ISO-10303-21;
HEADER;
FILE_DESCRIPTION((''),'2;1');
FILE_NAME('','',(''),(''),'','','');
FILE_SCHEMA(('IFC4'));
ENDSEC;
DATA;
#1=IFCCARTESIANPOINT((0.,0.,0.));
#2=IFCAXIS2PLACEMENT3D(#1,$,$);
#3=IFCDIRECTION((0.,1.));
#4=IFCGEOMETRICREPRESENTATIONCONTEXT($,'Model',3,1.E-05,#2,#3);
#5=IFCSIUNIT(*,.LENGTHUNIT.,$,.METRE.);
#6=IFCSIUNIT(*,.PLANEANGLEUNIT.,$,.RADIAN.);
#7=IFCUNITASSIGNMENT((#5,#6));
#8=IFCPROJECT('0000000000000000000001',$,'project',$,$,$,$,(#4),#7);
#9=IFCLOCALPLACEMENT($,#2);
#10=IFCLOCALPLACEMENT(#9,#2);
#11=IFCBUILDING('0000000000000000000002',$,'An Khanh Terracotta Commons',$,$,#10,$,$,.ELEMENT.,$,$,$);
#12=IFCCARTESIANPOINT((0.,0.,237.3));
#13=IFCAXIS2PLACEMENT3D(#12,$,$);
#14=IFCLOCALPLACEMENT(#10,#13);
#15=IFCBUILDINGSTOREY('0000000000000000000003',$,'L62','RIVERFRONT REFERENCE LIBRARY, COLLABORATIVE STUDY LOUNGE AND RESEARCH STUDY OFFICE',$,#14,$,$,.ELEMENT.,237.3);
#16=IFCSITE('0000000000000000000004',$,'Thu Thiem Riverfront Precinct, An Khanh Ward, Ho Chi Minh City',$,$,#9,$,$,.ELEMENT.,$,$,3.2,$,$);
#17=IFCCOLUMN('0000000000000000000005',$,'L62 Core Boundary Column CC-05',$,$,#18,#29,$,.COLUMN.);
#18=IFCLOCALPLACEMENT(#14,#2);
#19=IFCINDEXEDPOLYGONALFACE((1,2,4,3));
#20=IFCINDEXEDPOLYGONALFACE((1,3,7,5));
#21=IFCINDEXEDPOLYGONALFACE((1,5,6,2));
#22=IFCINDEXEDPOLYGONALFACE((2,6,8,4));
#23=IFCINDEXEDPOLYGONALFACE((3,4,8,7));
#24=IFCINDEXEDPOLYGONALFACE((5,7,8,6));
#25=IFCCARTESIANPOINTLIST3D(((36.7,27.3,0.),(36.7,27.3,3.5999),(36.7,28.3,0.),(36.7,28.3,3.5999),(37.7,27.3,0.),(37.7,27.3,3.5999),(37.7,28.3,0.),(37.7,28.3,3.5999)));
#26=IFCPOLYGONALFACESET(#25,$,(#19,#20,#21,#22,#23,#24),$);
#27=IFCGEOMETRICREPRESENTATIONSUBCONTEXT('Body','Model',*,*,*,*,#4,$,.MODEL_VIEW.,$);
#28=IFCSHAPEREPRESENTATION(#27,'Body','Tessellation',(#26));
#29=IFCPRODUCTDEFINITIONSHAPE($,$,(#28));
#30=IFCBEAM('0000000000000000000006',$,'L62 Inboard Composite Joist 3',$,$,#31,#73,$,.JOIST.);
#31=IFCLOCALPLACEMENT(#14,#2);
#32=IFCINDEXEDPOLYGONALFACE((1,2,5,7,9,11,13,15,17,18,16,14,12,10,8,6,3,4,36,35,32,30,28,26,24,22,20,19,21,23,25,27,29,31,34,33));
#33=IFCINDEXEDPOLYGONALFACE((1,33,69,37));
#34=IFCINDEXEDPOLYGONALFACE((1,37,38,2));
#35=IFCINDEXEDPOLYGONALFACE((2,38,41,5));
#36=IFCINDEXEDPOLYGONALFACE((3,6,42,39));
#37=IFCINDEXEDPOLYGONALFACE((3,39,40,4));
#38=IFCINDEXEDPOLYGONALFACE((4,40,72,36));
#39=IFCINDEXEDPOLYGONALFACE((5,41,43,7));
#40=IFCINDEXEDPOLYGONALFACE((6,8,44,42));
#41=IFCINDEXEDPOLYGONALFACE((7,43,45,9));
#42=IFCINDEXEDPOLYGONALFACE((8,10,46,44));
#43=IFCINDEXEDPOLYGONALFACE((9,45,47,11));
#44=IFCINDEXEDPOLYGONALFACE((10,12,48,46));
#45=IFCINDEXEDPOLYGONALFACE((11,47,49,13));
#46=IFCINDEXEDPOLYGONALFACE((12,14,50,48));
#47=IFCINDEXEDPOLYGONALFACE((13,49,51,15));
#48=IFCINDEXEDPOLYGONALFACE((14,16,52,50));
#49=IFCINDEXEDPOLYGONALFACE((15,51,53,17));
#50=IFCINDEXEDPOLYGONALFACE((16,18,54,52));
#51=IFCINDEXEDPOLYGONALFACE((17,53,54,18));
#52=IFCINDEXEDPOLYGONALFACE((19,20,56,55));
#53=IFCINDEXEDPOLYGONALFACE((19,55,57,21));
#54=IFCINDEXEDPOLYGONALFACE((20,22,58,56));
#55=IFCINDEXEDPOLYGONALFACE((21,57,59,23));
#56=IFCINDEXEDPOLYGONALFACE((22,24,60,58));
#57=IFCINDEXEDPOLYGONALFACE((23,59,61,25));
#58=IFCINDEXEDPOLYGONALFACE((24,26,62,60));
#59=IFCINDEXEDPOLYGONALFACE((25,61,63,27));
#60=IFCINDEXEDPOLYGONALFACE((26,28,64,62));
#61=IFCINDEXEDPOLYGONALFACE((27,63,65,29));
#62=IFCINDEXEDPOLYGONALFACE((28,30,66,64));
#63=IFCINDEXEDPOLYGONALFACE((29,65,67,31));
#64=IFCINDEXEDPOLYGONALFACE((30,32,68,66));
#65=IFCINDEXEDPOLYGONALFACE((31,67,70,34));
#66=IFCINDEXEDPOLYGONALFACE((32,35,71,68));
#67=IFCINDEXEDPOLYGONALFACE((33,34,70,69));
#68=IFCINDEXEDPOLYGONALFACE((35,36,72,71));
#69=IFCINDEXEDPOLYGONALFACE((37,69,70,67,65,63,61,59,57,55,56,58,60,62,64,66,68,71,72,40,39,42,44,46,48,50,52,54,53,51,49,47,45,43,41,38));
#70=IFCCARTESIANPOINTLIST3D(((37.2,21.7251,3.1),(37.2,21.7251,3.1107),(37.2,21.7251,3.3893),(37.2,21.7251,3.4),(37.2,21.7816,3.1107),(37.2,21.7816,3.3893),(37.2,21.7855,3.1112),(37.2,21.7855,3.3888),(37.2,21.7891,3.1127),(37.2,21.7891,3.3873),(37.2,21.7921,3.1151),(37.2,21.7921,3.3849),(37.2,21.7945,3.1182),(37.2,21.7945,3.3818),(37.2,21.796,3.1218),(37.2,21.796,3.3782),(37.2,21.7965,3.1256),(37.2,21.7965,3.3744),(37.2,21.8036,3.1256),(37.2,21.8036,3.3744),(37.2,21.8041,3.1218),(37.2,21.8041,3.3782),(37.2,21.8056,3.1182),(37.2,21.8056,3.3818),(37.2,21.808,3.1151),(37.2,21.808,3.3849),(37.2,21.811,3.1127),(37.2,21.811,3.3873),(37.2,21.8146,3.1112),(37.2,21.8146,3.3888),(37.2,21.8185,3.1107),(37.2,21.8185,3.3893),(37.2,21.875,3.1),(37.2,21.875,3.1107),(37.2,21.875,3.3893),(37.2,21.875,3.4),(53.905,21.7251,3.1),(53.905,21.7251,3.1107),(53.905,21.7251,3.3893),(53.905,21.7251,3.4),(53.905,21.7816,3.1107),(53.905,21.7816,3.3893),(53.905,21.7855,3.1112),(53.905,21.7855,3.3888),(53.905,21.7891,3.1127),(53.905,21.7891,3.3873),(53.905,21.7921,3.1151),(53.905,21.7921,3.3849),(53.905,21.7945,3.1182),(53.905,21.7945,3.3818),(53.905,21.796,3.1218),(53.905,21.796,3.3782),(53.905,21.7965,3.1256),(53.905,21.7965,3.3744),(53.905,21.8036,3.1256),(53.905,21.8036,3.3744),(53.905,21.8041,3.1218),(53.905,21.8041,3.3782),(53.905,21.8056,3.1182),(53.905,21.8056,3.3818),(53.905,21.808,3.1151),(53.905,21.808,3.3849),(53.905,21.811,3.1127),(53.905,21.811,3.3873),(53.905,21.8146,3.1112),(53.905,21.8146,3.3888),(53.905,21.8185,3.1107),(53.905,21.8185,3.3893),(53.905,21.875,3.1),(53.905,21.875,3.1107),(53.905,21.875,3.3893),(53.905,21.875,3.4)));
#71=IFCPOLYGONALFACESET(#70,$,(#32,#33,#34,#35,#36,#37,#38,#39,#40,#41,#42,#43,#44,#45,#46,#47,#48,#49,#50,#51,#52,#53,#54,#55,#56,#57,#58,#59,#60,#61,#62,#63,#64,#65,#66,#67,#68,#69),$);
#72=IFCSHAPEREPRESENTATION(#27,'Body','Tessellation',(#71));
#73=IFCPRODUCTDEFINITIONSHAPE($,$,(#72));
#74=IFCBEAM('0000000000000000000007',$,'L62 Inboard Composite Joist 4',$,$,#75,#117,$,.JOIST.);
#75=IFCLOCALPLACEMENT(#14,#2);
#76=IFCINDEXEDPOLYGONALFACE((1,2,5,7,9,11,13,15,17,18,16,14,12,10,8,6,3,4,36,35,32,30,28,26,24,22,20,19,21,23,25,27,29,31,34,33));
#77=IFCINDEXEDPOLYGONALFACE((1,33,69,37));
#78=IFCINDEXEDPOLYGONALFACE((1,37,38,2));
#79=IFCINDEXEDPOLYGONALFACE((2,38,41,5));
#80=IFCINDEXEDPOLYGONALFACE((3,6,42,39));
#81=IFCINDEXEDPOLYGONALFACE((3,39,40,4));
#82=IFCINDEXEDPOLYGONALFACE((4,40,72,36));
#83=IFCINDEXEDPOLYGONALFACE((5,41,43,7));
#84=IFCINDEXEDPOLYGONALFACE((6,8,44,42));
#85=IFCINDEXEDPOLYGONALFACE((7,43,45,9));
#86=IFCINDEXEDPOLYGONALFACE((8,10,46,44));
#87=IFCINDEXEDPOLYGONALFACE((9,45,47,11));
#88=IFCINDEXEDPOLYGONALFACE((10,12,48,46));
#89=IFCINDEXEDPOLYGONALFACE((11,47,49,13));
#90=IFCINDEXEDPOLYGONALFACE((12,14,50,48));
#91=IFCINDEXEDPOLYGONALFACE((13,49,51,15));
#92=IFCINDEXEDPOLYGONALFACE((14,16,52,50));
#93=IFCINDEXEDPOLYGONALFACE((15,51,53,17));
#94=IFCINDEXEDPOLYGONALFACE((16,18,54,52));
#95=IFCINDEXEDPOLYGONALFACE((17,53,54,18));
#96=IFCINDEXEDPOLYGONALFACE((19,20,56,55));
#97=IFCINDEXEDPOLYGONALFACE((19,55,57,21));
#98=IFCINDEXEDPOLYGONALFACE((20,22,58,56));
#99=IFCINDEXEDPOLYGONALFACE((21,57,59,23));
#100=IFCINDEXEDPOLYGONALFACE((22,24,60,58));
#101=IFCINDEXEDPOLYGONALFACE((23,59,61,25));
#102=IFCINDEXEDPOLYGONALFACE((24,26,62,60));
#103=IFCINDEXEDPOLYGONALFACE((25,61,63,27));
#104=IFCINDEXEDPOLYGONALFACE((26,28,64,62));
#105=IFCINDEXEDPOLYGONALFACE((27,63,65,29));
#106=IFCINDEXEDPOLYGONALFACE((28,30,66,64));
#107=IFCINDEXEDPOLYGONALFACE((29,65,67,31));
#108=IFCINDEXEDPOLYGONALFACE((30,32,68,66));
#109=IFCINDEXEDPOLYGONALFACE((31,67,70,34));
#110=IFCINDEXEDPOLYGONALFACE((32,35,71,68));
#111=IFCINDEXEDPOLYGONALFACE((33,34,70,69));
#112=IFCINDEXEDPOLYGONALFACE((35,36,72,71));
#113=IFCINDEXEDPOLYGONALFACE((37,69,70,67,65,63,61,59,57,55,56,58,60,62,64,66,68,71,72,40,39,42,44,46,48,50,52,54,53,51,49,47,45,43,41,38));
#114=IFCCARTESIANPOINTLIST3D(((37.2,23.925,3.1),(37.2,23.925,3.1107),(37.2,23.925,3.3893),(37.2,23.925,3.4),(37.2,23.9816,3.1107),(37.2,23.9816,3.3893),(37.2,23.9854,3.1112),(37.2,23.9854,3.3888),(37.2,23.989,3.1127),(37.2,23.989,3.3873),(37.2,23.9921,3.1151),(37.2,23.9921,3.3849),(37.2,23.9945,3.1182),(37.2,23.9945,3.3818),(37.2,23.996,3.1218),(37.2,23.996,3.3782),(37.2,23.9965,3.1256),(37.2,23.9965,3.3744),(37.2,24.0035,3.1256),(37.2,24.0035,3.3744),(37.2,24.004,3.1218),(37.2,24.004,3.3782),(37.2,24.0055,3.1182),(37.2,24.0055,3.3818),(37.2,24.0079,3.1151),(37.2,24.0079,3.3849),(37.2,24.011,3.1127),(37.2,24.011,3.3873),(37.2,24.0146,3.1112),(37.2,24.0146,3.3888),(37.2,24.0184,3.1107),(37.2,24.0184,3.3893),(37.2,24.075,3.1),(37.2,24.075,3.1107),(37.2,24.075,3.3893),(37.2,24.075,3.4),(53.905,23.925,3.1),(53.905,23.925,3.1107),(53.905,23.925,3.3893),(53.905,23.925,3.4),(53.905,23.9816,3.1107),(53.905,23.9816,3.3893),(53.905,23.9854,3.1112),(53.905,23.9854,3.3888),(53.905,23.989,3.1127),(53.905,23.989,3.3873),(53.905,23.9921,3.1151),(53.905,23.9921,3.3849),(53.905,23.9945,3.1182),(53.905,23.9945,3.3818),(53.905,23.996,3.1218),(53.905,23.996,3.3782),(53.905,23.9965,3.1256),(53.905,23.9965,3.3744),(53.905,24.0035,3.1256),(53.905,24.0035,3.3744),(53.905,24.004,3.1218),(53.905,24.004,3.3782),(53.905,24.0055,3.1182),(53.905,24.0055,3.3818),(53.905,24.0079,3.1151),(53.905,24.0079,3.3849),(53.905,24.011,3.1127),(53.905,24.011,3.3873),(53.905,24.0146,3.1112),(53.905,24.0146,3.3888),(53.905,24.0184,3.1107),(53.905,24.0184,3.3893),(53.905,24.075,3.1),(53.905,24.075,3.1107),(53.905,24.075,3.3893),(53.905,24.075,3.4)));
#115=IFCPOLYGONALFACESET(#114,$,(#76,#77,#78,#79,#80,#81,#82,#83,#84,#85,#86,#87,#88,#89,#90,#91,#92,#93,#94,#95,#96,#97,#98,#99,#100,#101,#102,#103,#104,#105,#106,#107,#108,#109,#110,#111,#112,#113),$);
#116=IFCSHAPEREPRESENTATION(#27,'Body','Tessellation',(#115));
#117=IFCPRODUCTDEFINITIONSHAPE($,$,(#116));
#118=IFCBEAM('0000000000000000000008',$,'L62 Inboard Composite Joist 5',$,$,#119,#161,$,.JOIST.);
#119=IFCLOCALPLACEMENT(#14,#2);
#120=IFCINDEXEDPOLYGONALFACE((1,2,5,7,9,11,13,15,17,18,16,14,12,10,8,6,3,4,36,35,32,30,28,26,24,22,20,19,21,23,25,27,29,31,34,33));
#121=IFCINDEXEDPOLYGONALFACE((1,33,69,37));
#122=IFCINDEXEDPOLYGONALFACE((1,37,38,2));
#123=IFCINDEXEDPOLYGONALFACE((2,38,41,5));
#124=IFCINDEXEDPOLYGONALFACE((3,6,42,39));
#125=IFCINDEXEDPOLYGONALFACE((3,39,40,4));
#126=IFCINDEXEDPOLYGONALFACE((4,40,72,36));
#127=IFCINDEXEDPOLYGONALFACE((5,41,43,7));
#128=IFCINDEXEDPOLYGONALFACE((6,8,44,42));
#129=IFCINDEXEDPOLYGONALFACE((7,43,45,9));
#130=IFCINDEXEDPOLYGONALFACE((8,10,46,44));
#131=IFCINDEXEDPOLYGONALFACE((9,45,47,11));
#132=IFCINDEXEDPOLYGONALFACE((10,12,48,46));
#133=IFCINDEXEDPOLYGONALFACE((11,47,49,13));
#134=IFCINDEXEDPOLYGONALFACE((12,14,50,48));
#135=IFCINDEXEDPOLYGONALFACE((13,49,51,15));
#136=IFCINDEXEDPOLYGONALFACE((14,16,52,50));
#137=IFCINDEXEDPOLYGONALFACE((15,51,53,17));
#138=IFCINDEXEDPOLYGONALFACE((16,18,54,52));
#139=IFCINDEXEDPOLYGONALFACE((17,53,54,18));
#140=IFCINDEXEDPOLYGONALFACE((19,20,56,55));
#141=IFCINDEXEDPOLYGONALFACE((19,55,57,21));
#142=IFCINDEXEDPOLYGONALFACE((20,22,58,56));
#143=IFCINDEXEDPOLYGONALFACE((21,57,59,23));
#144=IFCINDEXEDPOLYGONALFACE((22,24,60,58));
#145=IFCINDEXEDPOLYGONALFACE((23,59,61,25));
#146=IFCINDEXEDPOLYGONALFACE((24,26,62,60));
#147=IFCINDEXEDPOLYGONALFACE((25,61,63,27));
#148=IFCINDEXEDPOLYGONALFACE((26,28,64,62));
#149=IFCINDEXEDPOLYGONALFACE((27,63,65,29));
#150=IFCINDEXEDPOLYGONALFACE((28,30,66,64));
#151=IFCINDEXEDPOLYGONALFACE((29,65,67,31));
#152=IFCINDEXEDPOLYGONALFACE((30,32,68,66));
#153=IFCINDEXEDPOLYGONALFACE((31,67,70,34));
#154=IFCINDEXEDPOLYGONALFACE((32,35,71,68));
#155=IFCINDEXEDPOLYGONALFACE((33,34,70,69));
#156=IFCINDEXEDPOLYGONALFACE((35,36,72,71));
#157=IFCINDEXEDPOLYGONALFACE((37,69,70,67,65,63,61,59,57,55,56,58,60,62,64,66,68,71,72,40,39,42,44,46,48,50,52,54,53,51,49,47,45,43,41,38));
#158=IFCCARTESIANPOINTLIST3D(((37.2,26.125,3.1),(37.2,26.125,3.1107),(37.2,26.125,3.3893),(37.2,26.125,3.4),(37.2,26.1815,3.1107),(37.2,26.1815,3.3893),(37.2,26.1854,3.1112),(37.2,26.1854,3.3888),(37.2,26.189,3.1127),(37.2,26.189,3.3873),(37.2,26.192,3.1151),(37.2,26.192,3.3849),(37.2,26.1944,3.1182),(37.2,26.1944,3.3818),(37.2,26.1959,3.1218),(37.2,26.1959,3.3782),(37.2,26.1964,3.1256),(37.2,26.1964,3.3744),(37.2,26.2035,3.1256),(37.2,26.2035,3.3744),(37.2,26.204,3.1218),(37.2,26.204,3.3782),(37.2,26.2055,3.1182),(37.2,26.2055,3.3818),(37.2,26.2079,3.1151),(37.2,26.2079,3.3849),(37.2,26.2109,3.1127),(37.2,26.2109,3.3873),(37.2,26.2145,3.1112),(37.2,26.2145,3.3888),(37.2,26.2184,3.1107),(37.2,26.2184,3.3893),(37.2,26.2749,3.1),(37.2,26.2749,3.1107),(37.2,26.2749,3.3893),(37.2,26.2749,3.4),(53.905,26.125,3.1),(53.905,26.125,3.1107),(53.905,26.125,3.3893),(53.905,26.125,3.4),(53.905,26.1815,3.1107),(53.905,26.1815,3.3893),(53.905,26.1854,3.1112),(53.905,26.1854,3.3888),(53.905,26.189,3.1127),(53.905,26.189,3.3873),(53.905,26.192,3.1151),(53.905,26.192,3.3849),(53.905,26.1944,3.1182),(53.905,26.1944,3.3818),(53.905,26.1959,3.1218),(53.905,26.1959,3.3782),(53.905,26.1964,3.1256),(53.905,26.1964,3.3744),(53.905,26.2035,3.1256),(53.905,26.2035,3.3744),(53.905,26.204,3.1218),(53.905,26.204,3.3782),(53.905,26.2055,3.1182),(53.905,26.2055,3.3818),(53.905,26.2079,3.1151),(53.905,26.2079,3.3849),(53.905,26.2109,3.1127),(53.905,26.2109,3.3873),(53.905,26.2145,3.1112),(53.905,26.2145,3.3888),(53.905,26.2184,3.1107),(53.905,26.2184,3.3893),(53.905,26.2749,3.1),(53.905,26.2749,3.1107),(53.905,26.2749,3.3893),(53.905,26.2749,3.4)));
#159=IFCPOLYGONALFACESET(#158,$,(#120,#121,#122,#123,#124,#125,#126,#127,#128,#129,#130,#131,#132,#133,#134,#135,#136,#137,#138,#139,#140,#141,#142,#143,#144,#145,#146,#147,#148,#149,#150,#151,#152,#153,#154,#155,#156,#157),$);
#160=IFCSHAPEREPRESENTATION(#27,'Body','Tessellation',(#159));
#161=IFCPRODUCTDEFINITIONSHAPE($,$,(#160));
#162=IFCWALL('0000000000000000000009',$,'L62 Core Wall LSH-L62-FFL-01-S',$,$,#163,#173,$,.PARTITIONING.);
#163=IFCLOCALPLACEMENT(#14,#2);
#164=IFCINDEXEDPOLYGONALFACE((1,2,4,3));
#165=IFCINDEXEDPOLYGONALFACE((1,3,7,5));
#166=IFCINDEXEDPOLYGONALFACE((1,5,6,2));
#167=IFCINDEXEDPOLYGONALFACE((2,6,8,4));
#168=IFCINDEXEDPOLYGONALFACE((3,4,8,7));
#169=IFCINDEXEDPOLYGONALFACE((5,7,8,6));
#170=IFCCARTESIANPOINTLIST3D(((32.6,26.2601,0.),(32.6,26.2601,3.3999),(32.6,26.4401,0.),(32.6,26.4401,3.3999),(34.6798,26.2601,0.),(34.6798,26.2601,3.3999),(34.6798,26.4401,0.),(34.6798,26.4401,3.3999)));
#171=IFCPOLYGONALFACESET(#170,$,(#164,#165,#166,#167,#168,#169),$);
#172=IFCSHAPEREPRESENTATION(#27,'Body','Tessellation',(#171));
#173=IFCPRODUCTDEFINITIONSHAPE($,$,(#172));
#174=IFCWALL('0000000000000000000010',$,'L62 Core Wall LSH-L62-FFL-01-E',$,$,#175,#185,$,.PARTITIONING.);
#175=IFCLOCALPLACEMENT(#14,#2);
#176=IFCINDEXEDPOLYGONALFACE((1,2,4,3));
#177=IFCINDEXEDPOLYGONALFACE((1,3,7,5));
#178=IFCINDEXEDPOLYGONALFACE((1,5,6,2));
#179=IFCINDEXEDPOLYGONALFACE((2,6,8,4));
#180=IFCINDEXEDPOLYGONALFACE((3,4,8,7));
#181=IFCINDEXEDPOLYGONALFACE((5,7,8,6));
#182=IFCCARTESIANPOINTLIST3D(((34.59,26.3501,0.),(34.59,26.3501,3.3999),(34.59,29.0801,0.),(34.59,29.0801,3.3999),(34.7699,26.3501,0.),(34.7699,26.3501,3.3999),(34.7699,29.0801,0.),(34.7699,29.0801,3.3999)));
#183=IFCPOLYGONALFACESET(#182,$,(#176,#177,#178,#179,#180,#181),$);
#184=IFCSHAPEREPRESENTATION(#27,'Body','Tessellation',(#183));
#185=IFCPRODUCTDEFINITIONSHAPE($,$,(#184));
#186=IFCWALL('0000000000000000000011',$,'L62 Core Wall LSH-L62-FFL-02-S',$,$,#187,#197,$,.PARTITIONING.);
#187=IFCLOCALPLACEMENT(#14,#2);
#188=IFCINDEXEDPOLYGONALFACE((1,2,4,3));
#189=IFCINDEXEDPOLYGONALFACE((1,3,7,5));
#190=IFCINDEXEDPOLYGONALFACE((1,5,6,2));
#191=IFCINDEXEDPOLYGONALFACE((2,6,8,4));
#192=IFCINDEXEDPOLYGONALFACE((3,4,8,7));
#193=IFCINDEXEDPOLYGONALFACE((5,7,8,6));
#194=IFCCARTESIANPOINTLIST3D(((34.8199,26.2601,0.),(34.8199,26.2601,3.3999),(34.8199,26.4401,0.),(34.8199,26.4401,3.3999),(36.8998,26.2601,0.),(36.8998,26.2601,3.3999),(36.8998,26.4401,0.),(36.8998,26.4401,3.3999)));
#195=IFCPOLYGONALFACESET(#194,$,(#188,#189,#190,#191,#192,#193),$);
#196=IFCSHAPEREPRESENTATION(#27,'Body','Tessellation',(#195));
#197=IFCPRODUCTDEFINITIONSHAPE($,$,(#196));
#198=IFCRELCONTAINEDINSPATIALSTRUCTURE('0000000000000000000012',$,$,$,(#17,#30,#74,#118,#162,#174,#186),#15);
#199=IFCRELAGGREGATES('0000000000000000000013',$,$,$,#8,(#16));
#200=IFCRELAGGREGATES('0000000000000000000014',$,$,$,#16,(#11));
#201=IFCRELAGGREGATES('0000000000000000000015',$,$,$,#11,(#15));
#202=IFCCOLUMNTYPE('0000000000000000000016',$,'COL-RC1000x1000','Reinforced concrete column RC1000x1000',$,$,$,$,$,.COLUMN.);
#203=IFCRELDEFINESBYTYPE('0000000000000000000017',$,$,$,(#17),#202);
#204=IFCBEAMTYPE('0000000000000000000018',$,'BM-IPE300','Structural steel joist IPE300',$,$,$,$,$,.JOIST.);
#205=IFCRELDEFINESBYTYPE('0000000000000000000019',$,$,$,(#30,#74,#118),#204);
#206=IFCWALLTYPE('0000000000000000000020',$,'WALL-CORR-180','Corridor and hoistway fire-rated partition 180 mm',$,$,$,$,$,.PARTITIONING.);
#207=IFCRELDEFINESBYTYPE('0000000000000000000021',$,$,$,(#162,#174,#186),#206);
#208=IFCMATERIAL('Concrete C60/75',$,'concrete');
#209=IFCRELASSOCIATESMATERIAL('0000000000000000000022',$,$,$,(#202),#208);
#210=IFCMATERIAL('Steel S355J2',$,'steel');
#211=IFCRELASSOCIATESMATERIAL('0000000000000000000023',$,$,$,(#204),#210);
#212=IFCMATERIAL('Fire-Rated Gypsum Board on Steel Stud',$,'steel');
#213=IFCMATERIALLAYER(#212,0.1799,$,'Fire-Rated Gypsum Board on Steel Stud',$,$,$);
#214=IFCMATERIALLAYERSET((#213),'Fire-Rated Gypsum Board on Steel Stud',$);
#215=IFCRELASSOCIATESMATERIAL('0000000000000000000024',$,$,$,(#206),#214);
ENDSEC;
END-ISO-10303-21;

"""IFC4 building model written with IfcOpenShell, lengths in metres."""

from ifc_helpers import new_model, si_unit, direction, frame, frame_2d, origin, origin_2d, place, context, subcontext, project, spatial, rectangle, i_section, extrude, material, layer, layer_set, material_profile, profile_set, type_object, element, save


model = new_model("IFC4")

# Units and contexts
model_context = context("Model", 3, precision=1e-05, world=origin(), true_north=direction((0.0, 1.0)))
body_context = subcontext(model_context, "Body", "Model", "MODEL_VIEW")
ifc_project = project(units=[si_unit("LENGTHUNIT", "METRE"), si_unit("PLANEANGLEUNIT", "RADIAN")], contexts=[model_context])

# Site, building, storey
site_placement = place(None, origin())
site = spatial("IfcSite", under=ifc_project, at=site_placement, Name="Thu Thiem Riverfront Precinct, An Khanh Ward, Ho Chi Minh City", CompositionType="ELEMENT", RefElevation=3.2)
building_placement = place(site_placement, origin())
building = spatial("IfcBuilding", under=site, at=building_placement, Name="An Khanh Terracotta Commons", CompositionType="ELEMENT")
storey_placement = place(building_placement, frame((0.0, 0.0, 237.3)))
storey = spatial("IfcBuildingStorey", under=building, at=storey_placement, Name="L62", Description="RIVERFRONT REFERENCE LIBRARY, COLLABORATIVE STUDY LOUNGE AND RESEARCH STUDY OFFICE", CompositionType="ELEMENT", Elevation=237.3)

# Column
ifc_material_1 = material(Name="Concrete C60/75", Category="concrete")
ifc_material_profile_1 = material_profile(ifc_material_1, rectangle(XDim=1.0, YDim=1.0, at=origin_2d()), Name="RC1000x1000")
ifc_profile_set_1 = profile_set([ifc_material_profile_1], Name="Concrete C60/75")
column_type = type_object("IfcColumnType", Name="COL-RC1000x1000", Description="Reinforced concrete column RC1000x1000", PredefinedType="COLUMN", material=ifc_profile_set_1)
column_placement = place(storey_placement, frame((37.2, 27.8, 0.0), z_axis=(0.0, 0.0, 1.0), x_axis=(1.0, 0.0, 0.0)))
element("IfcColumn", 1, at=column_placement, inside=storey, type_object=column_type, Name="L62 Core Boundary Column CC-05", PredefinedType="COLUMN", context=body_context, shape_type="SweptSolid", body=[
    extrude(rectangle(XDim=1.0, YDim=1.0, at=origin_2d()), origin(), (0.0, 0.0, 1.0), 3.5999),
])

# Beams
ifc_material_2 = material(Name="Steel S355J2", Category="steel")
ifc_material_profile_2 = material_profile(ifc_material_2, i_section(OverallWidth=0.1499, OverallDepth=0.3, WebThickness=0.0071, FlangeThickness=0.0107, FilletRadius=0.0149, at=origin_2d()), Name="IPE300")
ifc_profile_set_2 = profile_set([ifc_material_profile_2], Name="Steel S355J2")
beam_type = type_object("IfcBeamType", Name="BM-IPE300", Description="Structural steel joist IPE300", PredefinedType="JOIST", material=ifc_profile_set_2)
for number, where, z_axis, x_axis, name in (
    (2, (37.2, 21.8, 3.25), (1.0, 0.0, 0.0), (0.0, 1.0, 0.0), "L62 Inboard Composite Joist 3"),
    (3, (37.2, 24.0, 3.25), (1.0, 0.0, 0.0), (0.0, 1.0, 0.0), "L62 Inboard Composite Joist 4"),
    (4, (37.2, 26.2, 3.25), (1.0, 0.0, 0.0), (0.0, 1.0, 0.0), "L62 Inboard Composite Joist 5"),
):
    element("IfcBeam", number, at=place(storey_placement, frame(where, z_axis=z_axis, x_axis=x_axis)), inside=storey, type_object=beam_type, Name=name, PredefinedType="JOIST", context=body_context, shape_type="SweptSolid", body=[
        extrude(i_section(OverallWidth=0.1499, OverallDepth=0.3, WebThickness=0.0071, FlangeThickness=0.0107, FilletRadius=0.0149, at=origin_2d()), origin(), (0.0, 0.0, 1.0), 16.7051),
    ])

# Walls
ifc_material_3 = material(Name="Fire-Rated Gypsum Board on Steel Stud", Category="steel")
ifc_layer_1 = layer(ifc_material_3, 0.1799, Name="Fire-Rated Gypsum Board on Steel Stud")
ifc_layer_set_1 = layer_set([ifc_layer_1], Name="Fire-Rated Gypsum Board on Steel Stud")
wall_type_1 = type_object("IfcWallType", Name="WALL-CORR-180", Description="Corridor and hoistway fire-rated partition 180 mm", PredefinedType="PARTITIONING", material=ifc_layer_set_1)
wall_1_placement = place(storey_placement, frame((34.6799, 26.3501, 0.0), z_axis=(0.0, 0.0, 1.0), x_axis=(-1.0, 0.0, 0.0)))
element("IfcWall", 5, at=wall_1_placement, inside=storey, type_object=wall_type_1, Name="L62 Core Wall LSH-L62-FFL-01-S", PredefinedType="PARTITIONING", context=body_context, shape_type="SweptSolid", body=[
    extrude(rectangle(XDim=2.0798, YDim=0.1799, at=frame_2d((1.04, 0.0))), origin(), (0.0, 0.0, 1.0), 3.3999),
])
wall_2_placement = place(storey_placement, frame((34.6799, 26.3501, 0.0), z_axis=(0.0, 0.0, 1.0), x_axis=(0.0, 1.0, 0.0)))
element("IfcWall", 6, at=wall_2_placement, inside=storey, type_object=wall_type_1, Name="L62 Core Wall LSH-L62-FFL-01-E", PredefinedType="PARTITIONING", context=body_context, shape_type="SweptSolid", body=[
    extrude(rectangle(XDim=2.73, YDim=0.1799, at=frame_2d((1.365, 0.0))), origin(), (0.0, 0.0, 1.0), 3.3999),
])
wall_3_placement = place(storey_placement, frame((36.8999, 26.3501, 0.0), z_axis=(0.0, 0.0, 1.0), x_axis=(-1.0, 0.0, 0.0)))
element("IfcWall", 7, at=wall_3_placement, inside=storey, type_object=wall_type_1, Name="L62 Core Wall LSH-L62-FFL-02-S", PredefinedType="PARTITIONING", context=body_context, shape_type="SweptSolid", body=[
    extrude(rectangle(XDim=2.0798, YDim=0.1799, at=frame_2d((1.04, 0.0))), origin(), (0.0, 0.0, 1.0), 3.3999),
])

save(model, "model.ifc")
